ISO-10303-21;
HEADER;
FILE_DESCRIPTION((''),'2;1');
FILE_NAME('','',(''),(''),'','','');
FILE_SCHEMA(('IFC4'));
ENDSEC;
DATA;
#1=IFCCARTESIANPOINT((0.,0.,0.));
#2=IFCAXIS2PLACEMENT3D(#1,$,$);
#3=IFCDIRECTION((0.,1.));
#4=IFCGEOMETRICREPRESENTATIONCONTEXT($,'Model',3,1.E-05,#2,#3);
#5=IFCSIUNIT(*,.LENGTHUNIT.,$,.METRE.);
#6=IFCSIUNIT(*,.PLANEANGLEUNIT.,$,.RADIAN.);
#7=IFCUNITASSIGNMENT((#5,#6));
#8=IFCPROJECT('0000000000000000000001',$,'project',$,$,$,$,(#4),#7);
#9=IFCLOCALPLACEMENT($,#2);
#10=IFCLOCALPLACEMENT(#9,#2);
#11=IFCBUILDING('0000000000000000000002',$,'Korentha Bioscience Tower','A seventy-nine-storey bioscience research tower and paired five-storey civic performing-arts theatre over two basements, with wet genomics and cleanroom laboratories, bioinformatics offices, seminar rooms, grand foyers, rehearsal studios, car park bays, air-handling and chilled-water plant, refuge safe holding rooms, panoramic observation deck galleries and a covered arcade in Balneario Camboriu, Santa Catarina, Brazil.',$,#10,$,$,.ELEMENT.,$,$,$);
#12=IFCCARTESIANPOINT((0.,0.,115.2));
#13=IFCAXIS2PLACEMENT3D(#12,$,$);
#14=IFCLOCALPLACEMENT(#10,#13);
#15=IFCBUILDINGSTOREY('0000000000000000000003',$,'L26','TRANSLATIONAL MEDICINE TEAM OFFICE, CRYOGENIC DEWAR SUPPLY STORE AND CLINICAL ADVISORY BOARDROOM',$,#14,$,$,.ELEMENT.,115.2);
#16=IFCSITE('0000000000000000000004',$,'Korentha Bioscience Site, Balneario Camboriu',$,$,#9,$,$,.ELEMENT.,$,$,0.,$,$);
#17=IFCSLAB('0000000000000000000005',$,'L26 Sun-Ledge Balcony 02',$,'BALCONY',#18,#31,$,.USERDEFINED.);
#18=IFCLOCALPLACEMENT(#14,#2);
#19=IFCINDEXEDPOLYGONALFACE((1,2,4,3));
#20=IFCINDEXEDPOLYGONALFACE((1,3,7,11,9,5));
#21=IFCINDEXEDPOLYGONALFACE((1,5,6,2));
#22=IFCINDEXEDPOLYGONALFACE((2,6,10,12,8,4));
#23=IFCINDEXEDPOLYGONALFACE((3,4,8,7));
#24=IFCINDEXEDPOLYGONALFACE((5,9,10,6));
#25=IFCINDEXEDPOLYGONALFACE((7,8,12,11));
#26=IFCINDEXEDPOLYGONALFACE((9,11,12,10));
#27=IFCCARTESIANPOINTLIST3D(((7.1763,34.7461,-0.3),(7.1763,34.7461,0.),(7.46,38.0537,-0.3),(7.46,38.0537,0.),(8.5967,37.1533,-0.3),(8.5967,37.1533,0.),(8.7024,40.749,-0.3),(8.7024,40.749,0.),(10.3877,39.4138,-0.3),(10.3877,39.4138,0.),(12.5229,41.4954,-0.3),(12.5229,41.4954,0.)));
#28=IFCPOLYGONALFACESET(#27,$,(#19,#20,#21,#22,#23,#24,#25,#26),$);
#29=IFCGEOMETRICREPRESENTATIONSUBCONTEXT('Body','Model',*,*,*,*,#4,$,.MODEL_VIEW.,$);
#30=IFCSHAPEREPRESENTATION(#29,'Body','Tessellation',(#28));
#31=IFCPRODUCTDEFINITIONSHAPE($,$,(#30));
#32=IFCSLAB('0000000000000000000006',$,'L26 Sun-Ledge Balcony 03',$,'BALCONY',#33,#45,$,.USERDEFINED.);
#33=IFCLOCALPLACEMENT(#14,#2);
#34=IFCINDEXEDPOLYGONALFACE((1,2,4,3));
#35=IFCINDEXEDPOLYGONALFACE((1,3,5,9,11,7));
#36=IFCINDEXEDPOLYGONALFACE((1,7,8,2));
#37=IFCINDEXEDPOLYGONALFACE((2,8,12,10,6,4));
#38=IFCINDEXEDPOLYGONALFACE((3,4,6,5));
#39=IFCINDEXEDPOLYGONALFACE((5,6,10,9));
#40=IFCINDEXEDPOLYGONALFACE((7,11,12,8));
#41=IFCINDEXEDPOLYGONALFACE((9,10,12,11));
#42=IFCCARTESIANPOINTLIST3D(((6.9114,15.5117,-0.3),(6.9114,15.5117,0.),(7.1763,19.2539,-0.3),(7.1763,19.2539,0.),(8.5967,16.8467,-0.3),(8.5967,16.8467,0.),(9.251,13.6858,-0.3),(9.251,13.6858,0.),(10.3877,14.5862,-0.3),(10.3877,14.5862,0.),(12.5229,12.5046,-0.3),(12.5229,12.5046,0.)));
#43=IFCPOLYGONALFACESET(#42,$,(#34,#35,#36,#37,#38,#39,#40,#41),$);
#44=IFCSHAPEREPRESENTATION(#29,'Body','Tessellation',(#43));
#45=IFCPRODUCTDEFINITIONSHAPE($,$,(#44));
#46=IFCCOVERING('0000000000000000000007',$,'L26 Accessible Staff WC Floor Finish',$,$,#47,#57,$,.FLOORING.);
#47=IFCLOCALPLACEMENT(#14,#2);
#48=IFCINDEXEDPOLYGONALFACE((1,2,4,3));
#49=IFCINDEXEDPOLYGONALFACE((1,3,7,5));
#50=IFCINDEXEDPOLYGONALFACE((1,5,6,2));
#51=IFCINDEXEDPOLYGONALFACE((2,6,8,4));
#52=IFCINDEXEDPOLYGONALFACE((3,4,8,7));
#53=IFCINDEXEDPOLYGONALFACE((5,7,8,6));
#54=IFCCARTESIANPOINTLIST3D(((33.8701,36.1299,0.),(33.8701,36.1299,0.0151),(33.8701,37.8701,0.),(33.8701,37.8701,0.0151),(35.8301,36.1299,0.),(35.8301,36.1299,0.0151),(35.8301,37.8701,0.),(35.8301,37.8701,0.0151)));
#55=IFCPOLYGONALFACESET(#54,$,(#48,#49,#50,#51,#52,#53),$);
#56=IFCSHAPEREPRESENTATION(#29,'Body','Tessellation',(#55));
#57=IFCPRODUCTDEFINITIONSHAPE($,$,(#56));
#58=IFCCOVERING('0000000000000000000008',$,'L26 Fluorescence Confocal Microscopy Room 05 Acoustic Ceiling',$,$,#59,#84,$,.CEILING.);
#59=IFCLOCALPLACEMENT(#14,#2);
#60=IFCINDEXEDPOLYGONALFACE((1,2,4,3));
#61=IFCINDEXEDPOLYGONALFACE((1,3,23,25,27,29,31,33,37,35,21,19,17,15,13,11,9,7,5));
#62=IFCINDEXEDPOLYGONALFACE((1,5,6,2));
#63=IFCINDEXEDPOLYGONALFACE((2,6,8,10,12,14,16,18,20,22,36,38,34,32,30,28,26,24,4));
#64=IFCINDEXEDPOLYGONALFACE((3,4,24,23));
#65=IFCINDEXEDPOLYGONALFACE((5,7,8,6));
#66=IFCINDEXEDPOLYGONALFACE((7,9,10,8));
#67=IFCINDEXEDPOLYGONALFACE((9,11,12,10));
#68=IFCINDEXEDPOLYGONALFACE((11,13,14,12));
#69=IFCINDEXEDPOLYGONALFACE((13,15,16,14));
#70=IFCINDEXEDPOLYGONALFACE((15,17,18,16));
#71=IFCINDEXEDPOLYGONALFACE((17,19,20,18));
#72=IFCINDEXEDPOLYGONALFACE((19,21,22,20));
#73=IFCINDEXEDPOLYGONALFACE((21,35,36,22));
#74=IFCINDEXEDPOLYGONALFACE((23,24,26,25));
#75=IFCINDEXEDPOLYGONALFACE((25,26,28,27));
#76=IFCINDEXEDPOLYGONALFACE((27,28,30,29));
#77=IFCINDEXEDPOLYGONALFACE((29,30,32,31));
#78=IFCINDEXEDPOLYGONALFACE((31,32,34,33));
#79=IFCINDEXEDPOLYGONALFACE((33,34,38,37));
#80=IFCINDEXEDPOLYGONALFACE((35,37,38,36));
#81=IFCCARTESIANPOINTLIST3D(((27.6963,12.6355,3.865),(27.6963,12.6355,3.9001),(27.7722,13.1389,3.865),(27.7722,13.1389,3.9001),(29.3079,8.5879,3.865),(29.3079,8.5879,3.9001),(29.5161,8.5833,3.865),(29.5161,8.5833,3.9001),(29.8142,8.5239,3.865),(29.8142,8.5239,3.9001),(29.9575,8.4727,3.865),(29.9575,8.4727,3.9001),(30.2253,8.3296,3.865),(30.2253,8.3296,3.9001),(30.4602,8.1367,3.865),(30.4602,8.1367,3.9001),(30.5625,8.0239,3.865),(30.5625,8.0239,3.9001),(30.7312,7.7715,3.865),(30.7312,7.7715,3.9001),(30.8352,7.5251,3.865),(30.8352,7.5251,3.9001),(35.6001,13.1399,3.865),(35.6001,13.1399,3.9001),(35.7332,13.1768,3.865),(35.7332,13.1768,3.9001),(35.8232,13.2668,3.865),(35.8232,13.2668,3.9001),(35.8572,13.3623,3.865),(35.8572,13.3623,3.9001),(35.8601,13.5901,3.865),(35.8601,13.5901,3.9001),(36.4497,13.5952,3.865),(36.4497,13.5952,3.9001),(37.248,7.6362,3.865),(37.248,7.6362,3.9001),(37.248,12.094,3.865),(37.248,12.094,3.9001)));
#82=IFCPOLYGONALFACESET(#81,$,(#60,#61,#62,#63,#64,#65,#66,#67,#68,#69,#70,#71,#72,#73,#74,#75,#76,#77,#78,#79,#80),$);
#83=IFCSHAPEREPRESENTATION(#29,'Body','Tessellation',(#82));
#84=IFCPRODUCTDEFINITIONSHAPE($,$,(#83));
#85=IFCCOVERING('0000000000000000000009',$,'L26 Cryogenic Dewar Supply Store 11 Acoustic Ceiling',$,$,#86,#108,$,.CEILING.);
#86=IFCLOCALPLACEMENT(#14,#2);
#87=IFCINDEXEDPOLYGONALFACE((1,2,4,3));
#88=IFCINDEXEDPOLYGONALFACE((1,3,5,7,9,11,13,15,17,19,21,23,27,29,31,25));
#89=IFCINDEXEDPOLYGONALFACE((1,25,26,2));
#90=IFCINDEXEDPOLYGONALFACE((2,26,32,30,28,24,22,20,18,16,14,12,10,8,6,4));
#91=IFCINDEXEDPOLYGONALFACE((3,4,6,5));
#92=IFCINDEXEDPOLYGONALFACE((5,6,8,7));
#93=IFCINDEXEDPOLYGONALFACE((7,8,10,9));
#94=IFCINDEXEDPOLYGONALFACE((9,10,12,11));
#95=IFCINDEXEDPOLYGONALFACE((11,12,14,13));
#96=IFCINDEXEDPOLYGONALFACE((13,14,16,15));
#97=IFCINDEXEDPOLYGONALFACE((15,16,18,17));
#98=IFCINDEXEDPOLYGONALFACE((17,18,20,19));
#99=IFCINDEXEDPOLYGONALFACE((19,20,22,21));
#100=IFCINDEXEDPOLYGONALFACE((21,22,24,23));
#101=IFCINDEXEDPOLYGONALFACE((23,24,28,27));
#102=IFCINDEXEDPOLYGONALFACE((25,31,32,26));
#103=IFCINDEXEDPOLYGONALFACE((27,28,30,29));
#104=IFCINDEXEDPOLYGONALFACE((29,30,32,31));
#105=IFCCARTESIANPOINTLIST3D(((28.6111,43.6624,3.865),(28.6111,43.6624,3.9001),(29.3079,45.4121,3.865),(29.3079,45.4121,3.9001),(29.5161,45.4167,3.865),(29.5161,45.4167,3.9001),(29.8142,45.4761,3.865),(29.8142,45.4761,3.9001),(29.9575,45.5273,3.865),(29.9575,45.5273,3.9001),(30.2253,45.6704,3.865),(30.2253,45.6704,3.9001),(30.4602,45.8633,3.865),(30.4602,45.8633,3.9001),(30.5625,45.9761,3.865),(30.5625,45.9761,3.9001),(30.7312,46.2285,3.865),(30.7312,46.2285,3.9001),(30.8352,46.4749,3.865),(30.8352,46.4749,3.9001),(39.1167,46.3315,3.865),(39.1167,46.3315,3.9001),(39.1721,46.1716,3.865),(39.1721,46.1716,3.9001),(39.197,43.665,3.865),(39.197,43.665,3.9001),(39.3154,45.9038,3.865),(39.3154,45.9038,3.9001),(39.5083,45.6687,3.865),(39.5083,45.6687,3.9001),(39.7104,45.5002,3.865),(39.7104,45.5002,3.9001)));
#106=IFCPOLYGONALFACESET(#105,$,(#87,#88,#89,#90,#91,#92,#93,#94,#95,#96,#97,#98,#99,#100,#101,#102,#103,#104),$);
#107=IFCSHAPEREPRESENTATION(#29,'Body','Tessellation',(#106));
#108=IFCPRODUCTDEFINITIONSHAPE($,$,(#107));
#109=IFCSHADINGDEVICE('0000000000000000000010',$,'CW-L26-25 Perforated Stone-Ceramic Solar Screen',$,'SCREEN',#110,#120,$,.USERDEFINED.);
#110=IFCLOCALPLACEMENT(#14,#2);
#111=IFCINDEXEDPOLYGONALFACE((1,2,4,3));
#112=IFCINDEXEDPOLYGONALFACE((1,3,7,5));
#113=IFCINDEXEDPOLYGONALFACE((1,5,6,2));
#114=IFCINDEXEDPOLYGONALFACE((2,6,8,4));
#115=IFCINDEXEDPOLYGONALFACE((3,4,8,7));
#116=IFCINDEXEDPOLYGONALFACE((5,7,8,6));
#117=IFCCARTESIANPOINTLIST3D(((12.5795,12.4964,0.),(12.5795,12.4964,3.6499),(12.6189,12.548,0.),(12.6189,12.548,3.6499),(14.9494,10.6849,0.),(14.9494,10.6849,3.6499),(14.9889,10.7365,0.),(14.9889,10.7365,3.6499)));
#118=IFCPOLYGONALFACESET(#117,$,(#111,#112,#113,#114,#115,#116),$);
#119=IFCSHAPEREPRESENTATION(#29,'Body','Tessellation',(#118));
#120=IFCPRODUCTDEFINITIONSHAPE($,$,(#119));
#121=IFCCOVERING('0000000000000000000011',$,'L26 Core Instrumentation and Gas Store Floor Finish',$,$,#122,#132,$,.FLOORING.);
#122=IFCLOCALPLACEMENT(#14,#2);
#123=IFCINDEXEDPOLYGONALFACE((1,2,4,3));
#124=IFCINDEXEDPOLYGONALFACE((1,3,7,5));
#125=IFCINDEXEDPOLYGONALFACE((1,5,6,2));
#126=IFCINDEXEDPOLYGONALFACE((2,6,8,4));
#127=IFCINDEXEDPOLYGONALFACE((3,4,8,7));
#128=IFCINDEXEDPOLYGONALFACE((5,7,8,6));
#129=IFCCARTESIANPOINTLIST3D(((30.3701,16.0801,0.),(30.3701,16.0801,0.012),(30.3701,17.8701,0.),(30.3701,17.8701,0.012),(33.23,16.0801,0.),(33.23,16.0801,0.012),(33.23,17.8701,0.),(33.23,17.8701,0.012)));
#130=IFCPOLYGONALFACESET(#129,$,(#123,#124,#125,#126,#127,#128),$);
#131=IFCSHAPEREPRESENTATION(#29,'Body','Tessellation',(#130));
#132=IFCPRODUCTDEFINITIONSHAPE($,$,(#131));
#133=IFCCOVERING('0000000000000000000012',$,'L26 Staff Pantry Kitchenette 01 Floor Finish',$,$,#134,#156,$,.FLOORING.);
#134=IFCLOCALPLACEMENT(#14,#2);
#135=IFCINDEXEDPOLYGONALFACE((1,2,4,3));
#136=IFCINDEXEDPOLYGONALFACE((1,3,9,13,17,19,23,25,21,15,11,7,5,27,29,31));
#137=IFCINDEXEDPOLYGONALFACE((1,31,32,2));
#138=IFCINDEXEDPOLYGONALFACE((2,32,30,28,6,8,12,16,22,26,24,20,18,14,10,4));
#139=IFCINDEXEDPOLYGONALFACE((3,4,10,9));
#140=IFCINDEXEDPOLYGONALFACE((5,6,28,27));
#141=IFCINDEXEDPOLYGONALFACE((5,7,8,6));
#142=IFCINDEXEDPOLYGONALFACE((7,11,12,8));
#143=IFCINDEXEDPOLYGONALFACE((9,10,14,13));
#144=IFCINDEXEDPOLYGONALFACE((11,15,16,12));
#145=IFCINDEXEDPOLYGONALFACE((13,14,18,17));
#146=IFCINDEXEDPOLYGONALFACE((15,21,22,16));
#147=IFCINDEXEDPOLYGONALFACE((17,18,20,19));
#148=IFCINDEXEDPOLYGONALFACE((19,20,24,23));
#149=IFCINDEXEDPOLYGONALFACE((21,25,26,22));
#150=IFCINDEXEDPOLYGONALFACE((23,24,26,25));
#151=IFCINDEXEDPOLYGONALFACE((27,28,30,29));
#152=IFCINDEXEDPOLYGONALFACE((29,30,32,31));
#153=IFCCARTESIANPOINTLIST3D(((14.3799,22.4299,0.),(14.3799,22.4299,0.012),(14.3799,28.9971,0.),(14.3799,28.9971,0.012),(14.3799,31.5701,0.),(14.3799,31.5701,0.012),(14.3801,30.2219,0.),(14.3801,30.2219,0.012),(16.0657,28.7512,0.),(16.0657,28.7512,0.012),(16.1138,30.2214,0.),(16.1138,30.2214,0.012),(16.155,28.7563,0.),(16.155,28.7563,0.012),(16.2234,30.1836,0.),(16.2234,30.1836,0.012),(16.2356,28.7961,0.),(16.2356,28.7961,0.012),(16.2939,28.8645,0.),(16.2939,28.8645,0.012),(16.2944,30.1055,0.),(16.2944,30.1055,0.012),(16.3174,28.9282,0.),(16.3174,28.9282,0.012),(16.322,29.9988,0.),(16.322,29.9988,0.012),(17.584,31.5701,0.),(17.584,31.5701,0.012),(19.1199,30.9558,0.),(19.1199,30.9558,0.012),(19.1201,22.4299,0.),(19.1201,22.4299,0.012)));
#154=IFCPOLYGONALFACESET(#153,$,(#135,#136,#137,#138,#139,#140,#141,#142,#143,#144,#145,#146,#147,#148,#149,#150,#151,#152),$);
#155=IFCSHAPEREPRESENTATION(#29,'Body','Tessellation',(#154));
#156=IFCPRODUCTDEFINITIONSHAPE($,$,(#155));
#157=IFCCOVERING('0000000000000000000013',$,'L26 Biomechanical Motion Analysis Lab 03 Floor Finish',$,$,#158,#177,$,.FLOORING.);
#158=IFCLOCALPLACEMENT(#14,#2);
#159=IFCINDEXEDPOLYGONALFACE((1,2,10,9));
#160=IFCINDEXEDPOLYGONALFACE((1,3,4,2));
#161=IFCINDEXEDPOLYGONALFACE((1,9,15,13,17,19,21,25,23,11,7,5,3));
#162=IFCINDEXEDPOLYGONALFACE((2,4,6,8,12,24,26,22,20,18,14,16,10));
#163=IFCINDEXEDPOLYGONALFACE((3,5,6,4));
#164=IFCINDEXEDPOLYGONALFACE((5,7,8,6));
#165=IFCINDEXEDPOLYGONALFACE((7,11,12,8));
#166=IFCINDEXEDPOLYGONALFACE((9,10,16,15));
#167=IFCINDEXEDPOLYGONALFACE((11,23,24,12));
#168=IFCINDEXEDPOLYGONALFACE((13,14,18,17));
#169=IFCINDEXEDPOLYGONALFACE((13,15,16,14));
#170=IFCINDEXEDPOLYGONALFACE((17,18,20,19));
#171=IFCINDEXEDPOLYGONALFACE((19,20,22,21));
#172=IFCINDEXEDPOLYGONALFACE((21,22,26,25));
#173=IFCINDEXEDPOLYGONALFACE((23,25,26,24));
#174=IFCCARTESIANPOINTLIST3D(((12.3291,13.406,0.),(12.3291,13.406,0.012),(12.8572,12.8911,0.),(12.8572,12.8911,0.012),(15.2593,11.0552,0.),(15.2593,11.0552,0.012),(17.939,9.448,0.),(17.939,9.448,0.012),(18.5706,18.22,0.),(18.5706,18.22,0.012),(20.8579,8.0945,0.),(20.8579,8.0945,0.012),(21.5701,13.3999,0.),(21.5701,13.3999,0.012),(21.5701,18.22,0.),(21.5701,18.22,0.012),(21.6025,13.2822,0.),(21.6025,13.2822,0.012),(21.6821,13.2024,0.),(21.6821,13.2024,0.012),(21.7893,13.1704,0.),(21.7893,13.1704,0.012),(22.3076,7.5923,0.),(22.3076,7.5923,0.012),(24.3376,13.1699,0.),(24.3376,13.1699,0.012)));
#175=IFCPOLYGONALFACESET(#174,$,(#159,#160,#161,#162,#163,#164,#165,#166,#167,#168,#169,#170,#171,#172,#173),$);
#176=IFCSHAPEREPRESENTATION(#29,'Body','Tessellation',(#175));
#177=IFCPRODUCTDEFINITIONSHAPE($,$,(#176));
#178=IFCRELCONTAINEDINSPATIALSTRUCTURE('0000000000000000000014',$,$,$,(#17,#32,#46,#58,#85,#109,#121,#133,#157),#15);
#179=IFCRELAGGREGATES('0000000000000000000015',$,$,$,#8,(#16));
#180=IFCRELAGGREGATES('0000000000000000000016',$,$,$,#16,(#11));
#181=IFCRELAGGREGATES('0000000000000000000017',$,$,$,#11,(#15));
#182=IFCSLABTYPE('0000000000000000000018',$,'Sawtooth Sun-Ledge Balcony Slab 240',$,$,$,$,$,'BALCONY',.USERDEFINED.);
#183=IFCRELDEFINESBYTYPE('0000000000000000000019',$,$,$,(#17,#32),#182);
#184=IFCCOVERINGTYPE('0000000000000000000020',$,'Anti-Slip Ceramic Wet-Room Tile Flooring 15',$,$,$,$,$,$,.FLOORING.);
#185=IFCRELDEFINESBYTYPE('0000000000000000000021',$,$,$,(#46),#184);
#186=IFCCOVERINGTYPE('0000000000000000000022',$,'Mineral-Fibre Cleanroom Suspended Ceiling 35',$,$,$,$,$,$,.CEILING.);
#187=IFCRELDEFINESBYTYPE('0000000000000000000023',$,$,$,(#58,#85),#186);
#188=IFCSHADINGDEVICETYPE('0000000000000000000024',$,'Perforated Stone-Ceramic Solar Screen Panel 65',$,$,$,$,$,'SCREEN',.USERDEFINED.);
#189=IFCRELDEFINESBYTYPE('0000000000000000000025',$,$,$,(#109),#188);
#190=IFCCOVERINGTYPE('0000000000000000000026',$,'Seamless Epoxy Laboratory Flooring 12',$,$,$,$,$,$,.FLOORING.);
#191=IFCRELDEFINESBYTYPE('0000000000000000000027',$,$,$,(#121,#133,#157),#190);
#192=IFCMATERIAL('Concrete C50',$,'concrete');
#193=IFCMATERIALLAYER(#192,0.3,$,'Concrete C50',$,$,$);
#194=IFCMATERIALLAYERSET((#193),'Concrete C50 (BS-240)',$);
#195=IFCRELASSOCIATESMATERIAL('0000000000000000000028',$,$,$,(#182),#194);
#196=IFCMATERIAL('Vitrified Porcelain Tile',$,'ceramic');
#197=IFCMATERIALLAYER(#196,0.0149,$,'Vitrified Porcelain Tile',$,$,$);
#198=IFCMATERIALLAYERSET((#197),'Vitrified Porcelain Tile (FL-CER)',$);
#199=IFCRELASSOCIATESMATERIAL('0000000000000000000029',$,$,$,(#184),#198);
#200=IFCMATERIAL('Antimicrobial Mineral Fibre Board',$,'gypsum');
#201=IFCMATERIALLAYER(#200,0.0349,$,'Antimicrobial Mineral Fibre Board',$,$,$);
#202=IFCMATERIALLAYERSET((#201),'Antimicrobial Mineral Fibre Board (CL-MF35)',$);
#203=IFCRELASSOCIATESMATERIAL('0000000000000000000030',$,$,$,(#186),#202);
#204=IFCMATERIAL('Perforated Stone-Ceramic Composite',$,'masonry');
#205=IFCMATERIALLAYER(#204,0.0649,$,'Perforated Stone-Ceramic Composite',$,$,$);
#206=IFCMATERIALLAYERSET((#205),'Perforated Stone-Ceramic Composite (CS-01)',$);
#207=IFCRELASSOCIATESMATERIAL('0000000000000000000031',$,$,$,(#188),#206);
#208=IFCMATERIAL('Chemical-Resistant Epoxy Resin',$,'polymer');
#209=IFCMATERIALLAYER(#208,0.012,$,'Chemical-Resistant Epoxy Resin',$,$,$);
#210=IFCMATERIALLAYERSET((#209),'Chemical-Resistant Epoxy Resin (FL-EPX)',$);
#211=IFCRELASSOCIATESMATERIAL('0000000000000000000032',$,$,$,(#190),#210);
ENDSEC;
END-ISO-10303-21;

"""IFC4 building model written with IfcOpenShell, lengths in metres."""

from ifc_helpers import new_model, si_unit, direction, frame, origin, origin_2d, place, context, subcontext, project, spatial, polyline, rectangle, outline, extrude, material, layer, layer_set, type_object, element, save


model = new_model("IFC4")

# Units and contexts
model_context = context("Model", 3, precision=1e-05, world=origin(), true_north=direction((0.0, 1.0)))
body_context = subcontext(model_context, "Body", "Model", "MODEL_VIEW")
ifc_project = project(units=[si_unit("LENGTHUNIT", "METRE"), si_unit("PLANEANGLEUNIT", "RADIAN")], contexts=[model_context])

# Site, building, storey
site_placement = place(None, origin())
site = spatial("IfcSite", under=ifc_project, at=site_placement, Name="Korentha Bioscience Site, Balneario Camboriu", CompositionType="ELEMENT", RefElevation=0.0)
building_placement = place(site_placement, origin())
building = spatial("IfcBuilding", under=site, at=building_placement, Name="Korentha Bioscience Tower", Description="A seventy-nine-storey bioscience research tower and paired five-storey civic performing-arts theatre over two basements, with wet genomics and cleanroom laboratories, bioinformatics offices, seminar rooms, grand foyers, rehearsal studios, car park bays, air-handling and chilled-water plant, refuge safe holding rooms, panoramic observation deck galleries and a covered arcade in Balneario Camboriu, Santa Catarina, Brazil.", CompositionType="ELEMENT")
storey_placement = place(building_placement, frame((0.0, 0.0, 115.2)))
storey = spatial("IfcBuildingStorey", under=building, at=storey_placement, Name="L26", Description="TRANSLATIONAL MEDICINE TEAM OFFICE, CRYOGENIC DEWAR SUPPLY STORE AND CLINICAL ADVISORY BOARDROOM", CompositionType="ELEMENT", Elevation=115.2)

# Shared definitions
ifc_material_1 = material(Name="Concrete C50", Category="concrete")

# Slabs
ifc_layer_1 = layer(ifc_material_1, 0.3, Name="Concrete C50")
ifc_layer_set_1 = layer_set([ifc_layer_1], Name="Concrete C50 (BS-240)")
slab_type_1 = type_object("IfcSlabType", Name="Sawtooth Sun-Ledge Balcony Slab 240", ElementType="BALCONY", PredefinedType="USERDEFINED", material=ifc_layer_set_1)
slab_1_placement = place(storey_placement, frame((0.0, 0.0, -0.3)))
element("IfcSlab", 1, at=slab_1_placement, inside=storey, type_object=slab_type_1, Name="L26 Sun-Ledge Balcony 02", ObjectType="BALCONY", PredefinedType="USERDEFINED", context=body_context, shape_type="SweptSolid", body=[
    extrude(outline(polyline([(7.1763, 34.7461), (8.5967, 37.1533), (10.3877, 39.4138), (12.5229, 41.4954), (8.7024, 40.749), (7.46, 38.0537), (7.1763, 34.7461)])), origin(), (0.0, 0.0, 1.0), 0.3),
])
slab_2_placement = place(storey_placement, frame((0.0, 0.0, -0.3)))
element("IfcSlab", 2, at=slab_2_placement, inside=storey, type_object=slab_type_1, Name="L26 Sun-Ledge Balcony 03", ObjectType="BALCONY", PredefinedType="USERDEFINED", context=body_context, shape_type="SweptSolid", body=[
    extrude(outline(polyline([(12.5229, 12.5046), (10.3877, 14.5862), (8.5967, 16.8467), (7.1763, 19.2539), (6.9114, 15.5117), (9.251, 13.6858), (12.5229, 12.5046)])), origin(), (0.0, 0.0, 1.0), 0.3),
])

# Coverings
ifc_material_2 = material(Name="Vitrified Porcelain Tile", Category="ceramic")
ifc_layer_2 = layer(ifc_material_2, 0.0149, Name="Vitrified Porcelain Tile")
ifc_layer_set_2 = layer_set([ifc_layer_2], Name="Vitrified Porcelain Tile (FL-CER)")
covering_type_1 = type_object("IfcCoveringType", Name="Anti-Slip Ceramic Wet-Room Tile Flooring 15", PredefinedType="FLOORING", material=ifc_layer_set_2)
covering_1_placement = place(storey_placement, origin())
element("IfcCovering", 3, at=covering_1_placement, inside=storey, type_object=covering_type_1, Name="L26 Accessible Staff WC Floor Finish", PredefinedType="FLOORING", context=body_context, shape_type="SweptSolid", body=[
    extrude(outline(polyline([(33.8701, 36.1299), (33.8701, 37.8701), (35.8301, 37.8701), (35.8301, 36.1299), (33.8701, 36.1299)])), origin(), (0.0, 0.0, 1.0), 0.0151),
])
ifc_material_3 = material(Name="Antimicrobial Mineral Fibre Board", Category="gypsum")
ifc_layer_3 = layer(ifc_material_3, 0.0349, Name="Antimicrobial Mineral Fibre Board")
ifc_layer_set_3 = layer_set([ifc_layer_3], Name="Antimicrobial Mineral Fibre Board (CL-MF35)")
covering_type_2 = type_object("IfcCoveringType", Name="Mineral-Fibre Cleanroom Suspended Ceiling 35", PredefinedType="CEILING", material=ifc_layer_set_3)
covering_2_placement = place(storey_placement, frame((0.0, 0.0, 3.865)))
element("IfcCovering", 4, at=covering_2_placement, inside=storey, type_object=covering_type_2, Name="L26 Fluorescence Confocal Microscopy Room 05 Acoustic Ceiling", PredefinedType="CEILING", context=body_context, shape_type="SweptSolid", body=[
    extrude(outline(polyline([(35.6001, 13.1399), (35.7332, 13.1768), (35.8232, 13.2668), (35.8572, 13.3623), (35.8601, 13.5901), (36.4497, 13.5952), (37.248, 12.094), (37.248, 7.6362), (30.8352, 7.5251), (30.7312, 7.7715), (30.5625, 8.0239), (30.4602, 8.1367), (30.2253, 8.3296), (29.9575, 8.4727), (29.8142, 8.5239), (29.5161, 8.5833), (29.3079, 8.5879), (27.6963, 12.6355), (27.7722, 13.1389), (35.6001, 13.1399)])), origin(), (0.0, 0.0, 1.0), 0.0352),
])
covering_3_placement = place(storey_placement, frame((0.0, 0.0, 3.865)))
element("IfcCovering", 5, at=covering_3_placement, inside=storey, type_object=covering_type_2, Name="L26 Cryogenic Dewar Supply Store 11 Acoustic Ceiling", PredefinedType="CEILING", context=body_context, shape_type="SweptSolid", body=[
    extrude(outline(polyline([(29.3079, 45.4121), (29.5161, 45.4167), (29.8142, 45.4761), (29.9575, 45.5273), (30.2253, 45.6704), (30.4602, 45.8633), (30.5625, 45.9761), (30.7312, 46.2285), (30.8352, 46.4749), (39.1167, 46.3315), (39.1721, 46.1716), (39.3154, 45.9038), (39.5083, 45.6687), (39.7104, 45.5002), (39.197, 43.665), (28.6111, 43.6624), (29.3079, 45.4121)])), origin(), (0.0, 0.0, 1.0), 0.0352),
])

# Shading device
ifc_material_4 = material(Name="Perforated Stone-Ceramic Composite", Category="masonry")
ifc_layer_4 = layer(ifc_material_4, 0.0649, Name="Perforated Stone-Ceramic Composite")
ifc_layer_set_4 = layer_set([ifc_layer_4], Name="Perforated Stone-Ceramic Composite (CS-01)")
shading_device_type_1 = type_object("IfcShadingDeviceType", Name="Perforated Stone-Ceramic Solar Screen Panel 65", ElementType="SCREEN", PredefinedType="USERDEFINED", material=ifc_layer_set_4)
shading_device_1_placement = place(storey_placement, frame((13.7842, 11.6165, 0.0), z_axis=(0.0, 0.0, 1.0), x_axis=(0.7945, -0.607265, 0.0)))
element("IfcShadingDevice", 6, at=shading_device_1_placement, inside=storey, type_object=shading_device_type_1, Name="CW-L26-25 Perforated Stone-Ceramic Solar Screen", ObjectType="SCREEN", PredefinedType="USERDEFINED", context=body_context, shape_type="SweptSolid", body=[
    extrude(rectangle(XDim=2.9829, YDim=0.0649, at=origin_2d()), origin(), (0.0, 0.0, 1.0), 3.6499),
])

# Coverings
ifc_material_5 = material(Name="Chemical-Resistant Epoxy Resin", Category="polymer")
ifc_layer_5 = layer(ifc_material_5, 0.012, Name="Chemical-Resistant Epoxy Resin")
ifc_layer_set_5 = layer_set([ifc_layer_5], Name="Chemical-Resistant Epoxy Resin (FL-EPX)")
covering_type_3 = type_object("IfcCoveringType", Name="Seamless Epoxy Laboratory Flooring 12", PredefinedType="FLOORING", material=ifc_layer_set_5)
covering_4_placement = place(storey_placement, origin())
element("IfcCovering", 7, at=covering_4_placement, inside=storey, type_object=covering_type_3, Name="L26 Core Instrumentation and Gas Store Floor Finish", PredefinedType="FLOORING", context=body_context, shape_type="SweptSolid", body=[
    extrude(outline(polyline([(30.3701, 16.0801), (30.3701, 17.8701), (33.23, 17.8701), (33.23, 16.0801), (30.3701, 16.0801)])), origin(), (0.0, 0.0, 1.0), 0.012),
])
covering_5_placement = place(storey_placement, origin())
element("IfcCovering", 8, at=covering_5_placement, inside=storey, type_object=covering_type_3, Name="L26 Staff Pantry Kitchenette 01 Floor Finish", PredefinedType="FLOORING", context=body_context, shape_type="SweptSolid", body=[
    extrude(outline(polyline([(16.0657, 28.7512), (16.155, 28.7563), (16.2356, 28.7961), (16.2939, 28.8645), (16.3174, 28.9282), (16.322, 29.9988), (16.2944, 30.1055), (16.2234, 30.1836), (16.1138, 30.2214), (14.3801, 30.2219), (14.3799, 31.5701), (17.584, 31.5701), (19.1199, 30.9558), (19.1201, 22.4299), (14.3799, 22.4299), (14.3799, 28.9971), (16.0657, 28.7512)])), origin(), (0.0, 0.0, 1.0), 0.012),
])
covering_6_placement = place(storey_placement, origin())
element("IfcCovering", 9, at=covering_6_placement, inside=storey, type_object=covering_type_3, Name="L26 Biomechanical Motion Analysis Lab 03 Floor Finish", PredefinedType="FLOORING", context=body_context, shape_type="SweptSolid", body=[
    extrude(outline(polyline([(17.939, 9.448), (15.2593, 11.0552), (12.8572, 12.8911), (12.3291, 13.406), (18.5706, 18.22), (21.5701, 18.22), (21.5701, 13.3999), (21.6025, 13.2822), (21.6821, 13.2024), (21.7893, 13.1704), (24.3376, 13.1699), (22.3076, 7.5923), (20.8579, 8.0945), (17.939, 9.448)])), origin(), (0.0, 0.0, 1.0), 0.012),
])

save(model, "model.ifc")
